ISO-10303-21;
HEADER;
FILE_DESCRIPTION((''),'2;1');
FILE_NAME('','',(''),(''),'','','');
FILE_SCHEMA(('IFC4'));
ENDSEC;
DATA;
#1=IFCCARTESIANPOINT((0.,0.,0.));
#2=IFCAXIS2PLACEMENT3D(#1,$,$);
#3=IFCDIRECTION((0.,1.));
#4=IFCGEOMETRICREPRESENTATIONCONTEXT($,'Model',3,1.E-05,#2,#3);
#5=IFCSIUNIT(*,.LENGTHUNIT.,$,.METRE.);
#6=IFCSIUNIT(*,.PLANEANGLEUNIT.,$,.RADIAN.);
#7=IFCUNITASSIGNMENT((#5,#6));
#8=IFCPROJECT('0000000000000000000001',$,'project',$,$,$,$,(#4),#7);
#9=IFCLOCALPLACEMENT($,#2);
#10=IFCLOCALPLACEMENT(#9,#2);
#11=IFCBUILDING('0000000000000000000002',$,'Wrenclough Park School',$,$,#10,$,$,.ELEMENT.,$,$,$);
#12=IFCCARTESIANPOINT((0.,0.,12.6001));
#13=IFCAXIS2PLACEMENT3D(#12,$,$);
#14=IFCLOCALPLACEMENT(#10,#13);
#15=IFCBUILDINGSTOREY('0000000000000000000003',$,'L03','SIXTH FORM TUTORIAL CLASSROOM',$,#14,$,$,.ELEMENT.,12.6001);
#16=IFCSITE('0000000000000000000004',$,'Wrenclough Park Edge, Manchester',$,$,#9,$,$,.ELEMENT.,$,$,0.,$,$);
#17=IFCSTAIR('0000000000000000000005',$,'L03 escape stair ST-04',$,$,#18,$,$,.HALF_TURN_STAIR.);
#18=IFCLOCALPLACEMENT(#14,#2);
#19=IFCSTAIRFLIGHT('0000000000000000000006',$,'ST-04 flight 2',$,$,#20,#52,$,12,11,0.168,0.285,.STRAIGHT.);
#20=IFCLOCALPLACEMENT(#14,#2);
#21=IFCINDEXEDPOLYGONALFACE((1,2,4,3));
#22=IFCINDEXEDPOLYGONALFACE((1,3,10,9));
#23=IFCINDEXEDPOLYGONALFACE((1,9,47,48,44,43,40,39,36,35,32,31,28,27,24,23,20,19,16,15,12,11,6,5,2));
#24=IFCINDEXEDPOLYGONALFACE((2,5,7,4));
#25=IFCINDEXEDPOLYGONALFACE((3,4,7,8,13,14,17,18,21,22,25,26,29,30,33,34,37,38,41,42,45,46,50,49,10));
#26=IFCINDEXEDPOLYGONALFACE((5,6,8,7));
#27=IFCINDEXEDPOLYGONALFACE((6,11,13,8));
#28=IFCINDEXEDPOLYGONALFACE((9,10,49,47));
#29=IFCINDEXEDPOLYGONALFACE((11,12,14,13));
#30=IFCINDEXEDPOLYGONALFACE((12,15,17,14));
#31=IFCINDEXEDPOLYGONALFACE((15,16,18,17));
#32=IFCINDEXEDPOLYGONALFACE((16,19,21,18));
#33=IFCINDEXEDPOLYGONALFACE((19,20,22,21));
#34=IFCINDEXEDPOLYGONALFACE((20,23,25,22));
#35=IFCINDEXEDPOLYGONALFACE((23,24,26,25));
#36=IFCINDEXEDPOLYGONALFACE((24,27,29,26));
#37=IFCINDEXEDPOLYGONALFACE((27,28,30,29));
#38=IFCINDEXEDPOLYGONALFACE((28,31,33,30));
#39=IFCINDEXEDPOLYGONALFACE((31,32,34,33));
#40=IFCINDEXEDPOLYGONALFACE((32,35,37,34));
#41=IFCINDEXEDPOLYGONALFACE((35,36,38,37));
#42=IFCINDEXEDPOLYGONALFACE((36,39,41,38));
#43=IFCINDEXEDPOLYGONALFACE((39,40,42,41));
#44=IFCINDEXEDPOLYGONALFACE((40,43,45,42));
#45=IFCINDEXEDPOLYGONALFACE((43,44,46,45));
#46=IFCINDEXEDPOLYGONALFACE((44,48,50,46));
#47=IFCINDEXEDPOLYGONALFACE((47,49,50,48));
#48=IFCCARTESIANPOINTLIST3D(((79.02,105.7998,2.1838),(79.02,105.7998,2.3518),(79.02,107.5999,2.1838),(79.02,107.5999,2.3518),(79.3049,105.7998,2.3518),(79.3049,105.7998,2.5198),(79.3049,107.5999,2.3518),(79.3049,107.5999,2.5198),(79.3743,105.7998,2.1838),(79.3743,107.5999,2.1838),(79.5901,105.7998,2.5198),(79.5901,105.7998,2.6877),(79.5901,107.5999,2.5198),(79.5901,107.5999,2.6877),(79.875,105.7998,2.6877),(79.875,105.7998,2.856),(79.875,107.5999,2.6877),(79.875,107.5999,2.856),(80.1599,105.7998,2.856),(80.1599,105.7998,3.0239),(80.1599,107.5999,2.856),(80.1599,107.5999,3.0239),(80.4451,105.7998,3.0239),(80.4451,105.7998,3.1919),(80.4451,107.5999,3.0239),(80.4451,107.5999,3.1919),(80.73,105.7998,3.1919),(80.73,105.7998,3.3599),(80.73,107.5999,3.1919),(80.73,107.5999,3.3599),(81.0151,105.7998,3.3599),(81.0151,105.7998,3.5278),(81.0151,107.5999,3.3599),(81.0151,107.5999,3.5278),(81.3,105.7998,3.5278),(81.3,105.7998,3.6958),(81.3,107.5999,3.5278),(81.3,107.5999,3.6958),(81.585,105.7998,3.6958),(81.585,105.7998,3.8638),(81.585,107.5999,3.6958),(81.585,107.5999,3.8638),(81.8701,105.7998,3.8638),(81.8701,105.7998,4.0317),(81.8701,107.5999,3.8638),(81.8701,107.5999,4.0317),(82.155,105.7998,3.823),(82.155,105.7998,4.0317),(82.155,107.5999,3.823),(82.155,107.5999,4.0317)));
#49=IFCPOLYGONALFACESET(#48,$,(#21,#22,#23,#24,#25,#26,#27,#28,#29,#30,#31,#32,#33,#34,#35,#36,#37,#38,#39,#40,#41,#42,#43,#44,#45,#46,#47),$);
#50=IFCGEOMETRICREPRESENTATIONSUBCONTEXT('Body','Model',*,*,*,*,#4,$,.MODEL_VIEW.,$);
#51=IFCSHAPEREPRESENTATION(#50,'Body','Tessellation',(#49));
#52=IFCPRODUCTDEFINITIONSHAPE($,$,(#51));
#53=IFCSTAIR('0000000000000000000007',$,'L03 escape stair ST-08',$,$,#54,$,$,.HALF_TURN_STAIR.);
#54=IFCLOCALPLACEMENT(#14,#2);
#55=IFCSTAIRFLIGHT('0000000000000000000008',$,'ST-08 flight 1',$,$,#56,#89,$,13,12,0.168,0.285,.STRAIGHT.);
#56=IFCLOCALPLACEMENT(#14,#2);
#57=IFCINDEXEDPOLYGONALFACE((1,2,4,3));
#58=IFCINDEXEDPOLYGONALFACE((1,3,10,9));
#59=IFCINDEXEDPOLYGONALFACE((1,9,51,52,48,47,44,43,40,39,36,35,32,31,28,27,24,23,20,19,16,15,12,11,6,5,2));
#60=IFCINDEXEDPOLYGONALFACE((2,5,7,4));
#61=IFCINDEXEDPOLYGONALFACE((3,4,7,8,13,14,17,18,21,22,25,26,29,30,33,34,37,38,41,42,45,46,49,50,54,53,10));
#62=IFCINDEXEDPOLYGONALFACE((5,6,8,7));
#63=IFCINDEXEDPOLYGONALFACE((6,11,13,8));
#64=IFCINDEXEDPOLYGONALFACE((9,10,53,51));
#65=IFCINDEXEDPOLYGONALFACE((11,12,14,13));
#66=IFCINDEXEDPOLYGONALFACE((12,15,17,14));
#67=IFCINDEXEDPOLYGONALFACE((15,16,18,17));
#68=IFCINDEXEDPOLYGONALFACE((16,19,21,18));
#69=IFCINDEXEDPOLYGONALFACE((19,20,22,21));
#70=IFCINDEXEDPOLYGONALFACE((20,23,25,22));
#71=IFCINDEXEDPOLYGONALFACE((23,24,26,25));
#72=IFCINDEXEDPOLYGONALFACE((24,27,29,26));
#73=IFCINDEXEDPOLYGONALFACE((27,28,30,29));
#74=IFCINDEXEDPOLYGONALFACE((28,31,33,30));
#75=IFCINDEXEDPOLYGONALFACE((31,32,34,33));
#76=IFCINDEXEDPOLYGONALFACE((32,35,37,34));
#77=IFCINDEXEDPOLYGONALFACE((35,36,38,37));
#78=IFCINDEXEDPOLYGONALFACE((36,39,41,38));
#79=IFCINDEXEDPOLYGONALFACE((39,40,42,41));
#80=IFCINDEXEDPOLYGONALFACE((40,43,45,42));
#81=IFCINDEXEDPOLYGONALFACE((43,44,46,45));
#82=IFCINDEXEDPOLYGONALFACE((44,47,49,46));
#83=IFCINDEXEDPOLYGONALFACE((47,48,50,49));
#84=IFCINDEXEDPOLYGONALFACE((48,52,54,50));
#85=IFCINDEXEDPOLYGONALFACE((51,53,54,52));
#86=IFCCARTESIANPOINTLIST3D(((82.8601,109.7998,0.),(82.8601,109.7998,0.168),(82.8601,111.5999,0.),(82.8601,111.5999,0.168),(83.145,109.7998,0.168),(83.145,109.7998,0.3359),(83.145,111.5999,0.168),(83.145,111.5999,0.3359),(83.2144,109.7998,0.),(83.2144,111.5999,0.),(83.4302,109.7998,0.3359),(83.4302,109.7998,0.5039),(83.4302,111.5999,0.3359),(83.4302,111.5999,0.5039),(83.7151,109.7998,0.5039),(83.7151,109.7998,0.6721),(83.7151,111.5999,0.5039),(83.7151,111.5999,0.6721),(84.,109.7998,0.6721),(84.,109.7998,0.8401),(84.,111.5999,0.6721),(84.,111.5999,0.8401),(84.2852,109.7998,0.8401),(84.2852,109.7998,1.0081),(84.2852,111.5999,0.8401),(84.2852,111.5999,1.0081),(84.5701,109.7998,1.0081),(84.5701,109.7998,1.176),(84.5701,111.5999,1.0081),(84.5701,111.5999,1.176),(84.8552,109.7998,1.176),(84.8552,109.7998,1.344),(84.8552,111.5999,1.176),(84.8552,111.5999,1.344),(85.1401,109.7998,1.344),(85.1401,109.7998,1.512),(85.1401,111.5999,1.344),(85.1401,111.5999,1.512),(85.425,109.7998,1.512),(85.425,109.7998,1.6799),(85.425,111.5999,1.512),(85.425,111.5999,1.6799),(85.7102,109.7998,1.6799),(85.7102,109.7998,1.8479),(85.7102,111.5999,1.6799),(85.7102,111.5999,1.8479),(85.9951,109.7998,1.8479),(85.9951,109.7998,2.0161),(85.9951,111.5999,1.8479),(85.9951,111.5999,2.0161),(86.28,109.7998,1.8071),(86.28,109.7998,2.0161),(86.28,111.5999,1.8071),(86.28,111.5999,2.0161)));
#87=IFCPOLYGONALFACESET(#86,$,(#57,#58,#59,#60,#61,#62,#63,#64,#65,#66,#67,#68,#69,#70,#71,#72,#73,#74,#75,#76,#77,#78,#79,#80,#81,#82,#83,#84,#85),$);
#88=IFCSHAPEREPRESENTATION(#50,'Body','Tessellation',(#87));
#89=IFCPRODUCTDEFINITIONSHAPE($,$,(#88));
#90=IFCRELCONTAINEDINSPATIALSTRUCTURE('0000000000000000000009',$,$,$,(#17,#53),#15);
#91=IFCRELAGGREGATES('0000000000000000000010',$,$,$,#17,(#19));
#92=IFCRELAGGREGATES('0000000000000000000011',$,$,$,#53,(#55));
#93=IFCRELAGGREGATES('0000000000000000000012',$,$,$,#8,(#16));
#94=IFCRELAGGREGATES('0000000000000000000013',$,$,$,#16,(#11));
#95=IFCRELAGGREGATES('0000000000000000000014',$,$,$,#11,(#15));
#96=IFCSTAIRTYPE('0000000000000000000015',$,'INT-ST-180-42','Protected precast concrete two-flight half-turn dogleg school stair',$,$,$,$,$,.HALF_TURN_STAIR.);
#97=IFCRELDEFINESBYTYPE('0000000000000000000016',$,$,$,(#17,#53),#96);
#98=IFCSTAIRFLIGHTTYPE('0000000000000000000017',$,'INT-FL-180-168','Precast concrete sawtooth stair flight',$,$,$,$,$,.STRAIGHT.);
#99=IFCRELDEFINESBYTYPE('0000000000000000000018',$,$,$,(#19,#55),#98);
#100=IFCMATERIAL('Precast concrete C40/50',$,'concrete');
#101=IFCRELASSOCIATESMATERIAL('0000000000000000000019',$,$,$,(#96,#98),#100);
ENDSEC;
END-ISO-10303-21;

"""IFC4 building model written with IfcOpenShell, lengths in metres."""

from ifc_helpers import new_model, si_unit, direction, frame, origin, place, context, subcontext, project, spatial, polyline, outline, extrude, material, type_object, element, aggregate, save


model = new_model("IFC4")

# Units and contexts
model_context = context("Model", 3, precision=1e-05, world=origin(), true_north=direction((0.0, 1.0)))
body_context = subcontext(model_context, "Body", "Model", "MODEL_VIEW")
ifc_project = project(units=[si_unit("LENGTHUNIT", "METRE"), si_unit("PLANEANGLEUNIT", "RADIAN")], contexts=[model_context])

# Site, building, storey
site_placement = place(None, origin())
site = spatial("IfcSite", under=ifc_project, at=site_placement, Name="Wrenclough Park Edge, Manchester", CompositionType="ELEMENT", RefElevation=0.0)
building_placement = place(site_placement, origin())
building = spatial("IfcBuilding", under=site, at=building_placement, Name="Wrenclough Park School", CompositionType="ELEMENT")
storey_placement = place(building_placement, frame((0.0, 0.0, 12.6001)))
storey = spatial("IfcBuildingStorey", under=building, at=storey_placement, Name="L03", Description="SIXTH FORM TUTORIAL CLASSROOM", CompositionType="ELEMENT", Elevation=12.6001)

# Stairs, stair flights
ifc_material_1 = material(Name="Precast concrete C40/50", Category="concrete")
stair_type = type_object("IfcStairType", Name="INT-ST-180-42", Description="Protected precast concrete two-flight half-turn dogleg school stair", PredefinedType="HALF_TURN_STAIR", material=ifc_material_1)
stair_1_placement = place(storey_placement, origin())
stair_1 = element("IfcStair", 1, at=stair_1_placement, inside=storey, type_object=stair_type, Name="L03 escape stair ST-04", PredefinedType="HALF_TURN_STAIR")
stair_flight_type = type_object("IfcStairFlightType", Name="INT-FL-180-168", Description="Precast concrete sawtooth stair flight", PredefinedType="STRAIGHT", material=ifc_material_1)
stair_flight_1_placement = place(storey_placement, frame((79.02, 106.7, 2.1838), z_axis=(0.0, 0.0, 1.0), x_axis=(1.0, 0.0, 0.0)))
stair_flight_1 = element("IfcStairFlight", 2, at=stair_flight_1_placement, type_object=stair_flight_type, Name="ST-04 flight 2", NumberOfRisers=12, NumberOfTreads=11, PredefinedType="STRAIGHT", RiserHeight=0.168, TreadLength=0.285, context=body_context, shape_type="SweptSolid", body=[
    extrude(outline(polyline([(0.0, 0.0), (0.0, 0.168), (0.2849, 0.168), (0.2849, 0.3359), (0.5701, 0.3359), (0.5701, 0.5039), (0.855, 0.5039), (0.855, 0.6721), (1.1399, 0.6721), (1.1399, 0.8401), (1.425, 0.8401), (1.425, 1.0081), (1.71, 1.0081), (1.71, 1.176), (1.9951, 1.176), (1.9951, 1.344), (2.28, 1.344), (2.28, 1.512), (2.5649, 1.512), (2.5649, 1.6799), (2.8501, 1.6799), (2.8501, 1.8479), (3.135, 1.8479), (3.135, 2.0161), (3.135, 1.6392), (0.3542, 0.0), (0.0, 0.0)])), frame((0.0, 0.8999, 0.0), z_axis=(0.0, -1.0, 0.0), x_axis=(1.0, 0.0, 0.0)), (0.0, 0.0, 1.0), 1.8),
])
aggregate(stair_1, [stair_flight_1])
stair_2_placement = place(storey_placement, origin())
stair_2 = element("IfcStair", 3, at=stair_2_placement, inside=storey, type_object=stair_type, Name="L03 escape stair ST-08", PredefinedType="HALF_TURN_STAIR")
stair_flight_2_placement = place(storey_placement, frame((82.8601, 110.7, 0.0), z_axis=(0.0, 0.0, 1.0), x_axis=(1.0, 0.0, 0.0)))
stair_flight_2 = element("IfcStairFlight", 4, at=stair_flight_2_placement, type_object=stair_flight_type, Name="ST-08 flight 1", NumberOfRisers=13, NumberOfTreads=12, PredefinedType="STRAIGHT", RiserHeight=0.168, TreadLength=0.285, context=body_context, shape_type="SweptSolid", body=[
    extrude(outline(polyline([(0.0, 0.0), (0.0, 0.168), (0.2849, 0.168), (0.2849, 0.3359), (0.5701, 0.3359), (0.5701, 0.5039), (0.855, 0.5039), (0.855, 0.6721), (1.1399, 0.6721), (1.1399, 0.8401), (1.425, 0.8401), (1.425, 1.0081), (1.71, 1.0081), (1.71, 1.176), (1.9951, 1.176), (1.9951, 1.344), (2.28, 1.344), (2.28, 1.512), (2.5649, 1.512), (2.5649, 1.6799), (2.8501, 1.6799), (2.8501, 1.8479), (3.135, 1.8479), (3.135, 2.0161), (3.4199, 2.0161), (3.4199, 2.1841), (3.4199, 1.8071), (0.3542, 0.0), (0.0, 0.0)])), frame((0.0, 0.8999, 0.0), z_axis=(0.0, -1.0, 0.0), x_axis=(1.0, 0.0, 0.0)), (0.0, 0.0, 1.0), 1.8),
])
aggregate(stair_2, [stair_flight_2])

save(model, "model.ifc")
